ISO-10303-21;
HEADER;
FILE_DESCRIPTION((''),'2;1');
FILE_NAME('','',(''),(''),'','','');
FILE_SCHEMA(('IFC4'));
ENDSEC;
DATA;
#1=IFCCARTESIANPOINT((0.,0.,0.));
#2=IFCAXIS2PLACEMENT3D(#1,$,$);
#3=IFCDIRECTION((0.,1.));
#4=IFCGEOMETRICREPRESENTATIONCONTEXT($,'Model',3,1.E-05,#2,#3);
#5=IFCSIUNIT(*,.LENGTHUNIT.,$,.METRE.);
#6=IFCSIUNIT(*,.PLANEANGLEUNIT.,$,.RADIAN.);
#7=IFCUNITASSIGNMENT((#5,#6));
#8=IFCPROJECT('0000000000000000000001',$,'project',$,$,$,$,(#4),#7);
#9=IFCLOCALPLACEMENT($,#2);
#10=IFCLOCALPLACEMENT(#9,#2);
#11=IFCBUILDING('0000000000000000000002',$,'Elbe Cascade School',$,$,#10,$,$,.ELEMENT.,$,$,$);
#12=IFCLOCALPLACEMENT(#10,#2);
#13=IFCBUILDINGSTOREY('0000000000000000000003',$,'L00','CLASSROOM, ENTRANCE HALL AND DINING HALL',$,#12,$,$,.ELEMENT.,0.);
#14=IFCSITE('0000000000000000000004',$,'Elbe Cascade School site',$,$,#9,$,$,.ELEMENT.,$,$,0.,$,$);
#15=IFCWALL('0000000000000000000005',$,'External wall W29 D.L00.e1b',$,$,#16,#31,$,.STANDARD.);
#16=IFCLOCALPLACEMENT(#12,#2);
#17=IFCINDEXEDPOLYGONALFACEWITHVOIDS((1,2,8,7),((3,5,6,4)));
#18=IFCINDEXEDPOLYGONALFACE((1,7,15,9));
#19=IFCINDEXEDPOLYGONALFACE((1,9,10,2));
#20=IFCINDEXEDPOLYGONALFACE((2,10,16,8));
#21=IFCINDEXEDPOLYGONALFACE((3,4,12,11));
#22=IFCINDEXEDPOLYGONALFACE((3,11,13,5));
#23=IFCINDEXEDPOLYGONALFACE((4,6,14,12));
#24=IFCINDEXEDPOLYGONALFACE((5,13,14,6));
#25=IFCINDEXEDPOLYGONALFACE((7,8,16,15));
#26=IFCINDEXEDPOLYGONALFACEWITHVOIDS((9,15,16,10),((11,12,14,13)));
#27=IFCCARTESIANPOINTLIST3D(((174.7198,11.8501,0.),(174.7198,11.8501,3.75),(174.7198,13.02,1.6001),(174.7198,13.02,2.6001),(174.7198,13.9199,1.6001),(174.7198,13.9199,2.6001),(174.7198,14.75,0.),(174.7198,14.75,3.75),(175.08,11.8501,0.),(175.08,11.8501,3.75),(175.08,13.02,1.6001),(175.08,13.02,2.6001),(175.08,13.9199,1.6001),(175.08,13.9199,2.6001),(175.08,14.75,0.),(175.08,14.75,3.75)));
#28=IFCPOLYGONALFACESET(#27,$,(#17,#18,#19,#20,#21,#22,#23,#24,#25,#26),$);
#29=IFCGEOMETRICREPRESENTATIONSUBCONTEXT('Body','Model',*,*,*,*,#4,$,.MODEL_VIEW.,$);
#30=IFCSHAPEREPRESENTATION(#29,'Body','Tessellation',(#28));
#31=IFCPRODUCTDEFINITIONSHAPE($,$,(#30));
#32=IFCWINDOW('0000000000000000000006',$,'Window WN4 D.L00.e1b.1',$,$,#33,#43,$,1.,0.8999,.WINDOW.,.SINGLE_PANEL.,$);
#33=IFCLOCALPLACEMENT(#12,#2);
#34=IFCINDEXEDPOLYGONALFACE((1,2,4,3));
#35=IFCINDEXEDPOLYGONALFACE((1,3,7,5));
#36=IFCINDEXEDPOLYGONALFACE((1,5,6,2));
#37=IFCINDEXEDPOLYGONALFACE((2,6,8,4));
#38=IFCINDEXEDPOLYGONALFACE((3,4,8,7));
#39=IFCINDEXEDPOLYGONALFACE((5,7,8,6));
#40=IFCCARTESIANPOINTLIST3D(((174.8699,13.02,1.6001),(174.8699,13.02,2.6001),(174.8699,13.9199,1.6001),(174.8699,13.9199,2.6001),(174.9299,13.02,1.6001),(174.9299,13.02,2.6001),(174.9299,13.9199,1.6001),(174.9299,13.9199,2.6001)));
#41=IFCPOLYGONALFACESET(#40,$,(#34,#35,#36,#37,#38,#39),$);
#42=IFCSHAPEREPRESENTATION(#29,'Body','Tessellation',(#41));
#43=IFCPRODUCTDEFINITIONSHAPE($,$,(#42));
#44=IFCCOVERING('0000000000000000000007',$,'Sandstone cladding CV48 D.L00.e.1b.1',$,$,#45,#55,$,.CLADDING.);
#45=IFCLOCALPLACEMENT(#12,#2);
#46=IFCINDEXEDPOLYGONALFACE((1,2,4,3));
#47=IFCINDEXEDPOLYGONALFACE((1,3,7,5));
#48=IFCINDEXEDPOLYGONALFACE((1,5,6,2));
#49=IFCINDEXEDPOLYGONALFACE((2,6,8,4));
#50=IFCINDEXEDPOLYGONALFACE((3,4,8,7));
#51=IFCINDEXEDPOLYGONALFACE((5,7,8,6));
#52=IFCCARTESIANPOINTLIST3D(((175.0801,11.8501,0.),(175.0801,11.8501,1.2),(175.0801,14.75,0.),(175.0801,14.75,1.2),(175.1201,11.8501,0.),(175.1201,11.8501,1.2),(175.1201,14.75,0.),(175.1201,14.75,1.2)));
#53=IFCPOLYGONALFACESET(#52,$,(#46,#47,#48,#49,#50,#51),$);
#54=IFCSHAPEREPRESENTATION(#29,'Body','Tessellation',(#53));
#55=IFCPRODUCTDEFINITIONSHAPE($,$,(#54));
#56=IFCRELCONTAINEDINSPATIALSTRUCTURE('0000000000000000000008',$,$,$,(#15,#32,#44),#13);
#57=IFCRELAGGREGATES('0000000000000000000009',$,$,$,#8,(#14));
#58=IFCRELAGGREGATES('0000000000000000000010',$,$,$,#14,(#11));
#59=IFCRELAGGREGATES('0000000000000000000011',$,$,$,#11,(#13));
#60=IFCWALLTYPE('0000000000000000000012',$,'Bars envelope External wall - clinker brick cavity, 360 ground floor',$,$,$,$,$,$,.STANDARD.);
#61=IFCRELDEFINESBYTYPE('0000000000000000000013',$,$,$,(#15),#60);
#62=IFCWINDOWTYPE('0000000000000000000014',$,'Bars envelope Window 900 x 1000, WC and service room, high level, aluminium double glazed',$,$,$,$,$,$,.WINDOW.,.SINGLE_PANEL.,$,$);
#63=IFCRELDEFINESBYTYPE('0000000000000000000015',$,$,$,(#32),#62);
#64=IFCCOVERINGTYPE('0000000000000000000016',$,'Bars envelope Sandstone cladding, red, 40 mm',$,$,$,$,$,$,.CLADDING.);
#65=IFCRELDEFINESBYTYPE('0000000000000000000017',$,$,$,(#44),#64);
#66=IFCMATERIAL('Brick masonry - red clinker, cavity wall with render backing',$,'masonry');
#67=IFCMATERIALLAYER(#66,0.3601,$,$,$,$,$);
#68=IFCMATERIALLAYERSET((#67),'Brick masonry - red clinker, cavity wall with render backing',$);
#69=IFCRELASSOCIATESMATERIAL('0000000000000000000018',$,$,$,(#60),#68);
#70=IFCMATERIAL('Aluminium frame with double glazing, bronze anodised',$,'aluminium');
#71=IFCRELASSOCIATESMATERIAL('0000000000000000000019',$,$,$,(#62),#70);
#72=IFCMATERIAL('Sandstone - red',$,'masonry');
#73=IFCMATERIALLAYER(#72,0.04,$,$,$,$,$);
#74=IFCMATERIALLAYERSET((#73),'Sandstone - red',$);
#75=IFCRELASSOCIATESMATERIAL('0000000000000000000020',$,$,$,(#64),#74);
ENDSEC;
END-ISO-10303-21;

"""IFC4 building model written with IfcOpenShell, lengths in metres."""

from ifc_helpers import new_model, si_unit, direction, frame, frame_2d, origin, origin_2d, place, context, subcontext, project, spatial, rectangle, extrude, material, layer, layer_set, type_object, element, fill, save


model = new_model("IFC4")

# Units and contexts
model_context = context("Model", 3, precision=1e-05, world=origin(), true_north=direction((0.0, 1.0)))
body_context = subcontext(model_context, "Body", "Model", "MODEL_VIEW")
ifc_project = project(units=[si_unit("LENGTHUNIT", "METRE"), si_unit("PLANEANGLEUNIT", "RADIAN")], contexts=[model_context])

# Site, building, storey
site_placement = place(None, origin())
site = spatial("IfcSite", under=ifc_project, at=site_placement, Name="Elbe Cascade School site", CompositionType="ELEMENT", RefElevation=0.0)
building_placement = place(site_placement, origin())
building = spatial("IfcBuilding", under=site, at=building_placement, Name="Elbe Cascade School", CompositionType="ELEMENT")
storey_placement = place(building_placement, origin())
storey = spatial("IfcBuildingStorey", under=building, at=storey_placement, Name="L00", Description="CLASSROOM, ENTRANCE HALL AND DINING HALL", CompositionType="ELEMENT", Elevation=0.0)

# Wall, opening, window
ifc_material_1 = material(Name="Brick masonry - red clinker, cavity wall with render backing", Category="masonry")
ifc_layer_1 = layer(ifc_material_1, 0.3601)
ifc_layer_set_1 = layer_set([ifc_layer_1], Name="Brick masonry - red clinker, cavity wall with render backing")
wall_type_1 = type_object("IfcWallType", Name="Bars envelope External wall - clinker brick cavity, 360 ground floor", PredefinedType="STANDARD", material=ifc_layer_set_1)
ifc_material_2 = material(Name="Aluminium frame with double glazing, bronze anodised", Category="aluminium")
window_type = type_object("IfcWindowType", Name="Bars envelope Window 900 x 1000, WC and service room, high level, aluminium double glazed", PartitioningType="SINGLE_PANEL", PredefinedType="WINDOW", material=ifc_material_2)
wall_1_placement = place(storey_placement, frame((174.8999, 14.75, 0.0), z_axis=(0.0, 0.0, 1.0), x_axis=(0.0, -1.0, 0.0)))
wall_1 = element("IfcWall", 1, at=wall_1_placement, inside=storey, type_object=wall_type_1, Name="External wall W29 D.L00.e1b", PredefinedType="STANDARD", context=body_context, shape_type="SweptSolid", body=[
    extrude(rectangle(XDim=2.8999, YDim=0.3601, at=frame_2d((1.45, 0.0))), origin(), (0.0, 0.0, 1.0), 3.75),
])
opening_1_placement = place(wall_1_placement, frame((0.8301, 0.0, 1.6001)))
opening_1 = element("IfcOpeningElement", 2, at=opening_1_placement, cuts=wall_1, PredefinedType="OPENING", context=body_context, shape_type="SweptSolid", body=[
    extrude(rectangle(XDim=0.8999, YDim=1.0, at=frame_2d((0.45, 0.5))), frame((0.0, 0.1899, 0.0), z_axis=(0.0, -1.0, 0.0), x_axis=(1.0, 0.0, 0.0)), (0.0, 0.0, 1.0), 0.3801),
])
window_1_placement = place(opening_1_placement, origin())
window_1 = element("IfcWindow", 3, at=window_1_placement, inside=storey, type_object=window_type, Name="Window WN4 D.L00.e1b.1", OverallHeight=1.0, OverallWidth=0.8999, PartitioningType="SINGLE_PANEL", PredefinedType="WINDOW", context=body_context, shape_type="SweptSolid", body=[
    extrude(rectangle(XDim=0.8999, YDim=1.0, at=frame_2d((0.45, 0.5))), frame((0.0, 0.03, 0.0), z_axis=(0.0, -1.0, 0.0), x_axis=(1.0, 0.0, 0.0)), (0.0, 0.0, 1.0), 0.0601),
])
fill(opening_1, window_1)

# Covering
ifc_material_3 = material(Name="Sandstone - red", Category="masonry")
ifc_layer_2 = layer(ifc_material_3, 0.04)
ifc_layer_set_2 = layer_set([ifc_layer_2], Name="Sandstone - red")
covering_type = type_object("IfcCoveringType", Name="Bars envelope Sandstone cladding, red, 40 mm", PredefinedType="CLADDING", material=ifc_layer_set_2)
covering_placement = place(storey_placement, frame((175.1001, 13.3, 0.0), z_axis=(0.0, 0.0, 1.0), x_axis=(0.0, 1.0, 0.0)))
element("IfcCovering", 4, at=covering_placement, inside=storey, type_object=covering_type, Name="Sandstone cladding CV48 D.L00.e.1b.1", PredefinedType="CLADDING", context=body_context, shape_type="SweptSolid", body=[
    extrude(rectangle(XDim=2.8999, YDim=0.04, at=origin_2d()), origin(), (0.0, 0.0, 1.0), 1.2),
])

save(model, "model.ifc")
